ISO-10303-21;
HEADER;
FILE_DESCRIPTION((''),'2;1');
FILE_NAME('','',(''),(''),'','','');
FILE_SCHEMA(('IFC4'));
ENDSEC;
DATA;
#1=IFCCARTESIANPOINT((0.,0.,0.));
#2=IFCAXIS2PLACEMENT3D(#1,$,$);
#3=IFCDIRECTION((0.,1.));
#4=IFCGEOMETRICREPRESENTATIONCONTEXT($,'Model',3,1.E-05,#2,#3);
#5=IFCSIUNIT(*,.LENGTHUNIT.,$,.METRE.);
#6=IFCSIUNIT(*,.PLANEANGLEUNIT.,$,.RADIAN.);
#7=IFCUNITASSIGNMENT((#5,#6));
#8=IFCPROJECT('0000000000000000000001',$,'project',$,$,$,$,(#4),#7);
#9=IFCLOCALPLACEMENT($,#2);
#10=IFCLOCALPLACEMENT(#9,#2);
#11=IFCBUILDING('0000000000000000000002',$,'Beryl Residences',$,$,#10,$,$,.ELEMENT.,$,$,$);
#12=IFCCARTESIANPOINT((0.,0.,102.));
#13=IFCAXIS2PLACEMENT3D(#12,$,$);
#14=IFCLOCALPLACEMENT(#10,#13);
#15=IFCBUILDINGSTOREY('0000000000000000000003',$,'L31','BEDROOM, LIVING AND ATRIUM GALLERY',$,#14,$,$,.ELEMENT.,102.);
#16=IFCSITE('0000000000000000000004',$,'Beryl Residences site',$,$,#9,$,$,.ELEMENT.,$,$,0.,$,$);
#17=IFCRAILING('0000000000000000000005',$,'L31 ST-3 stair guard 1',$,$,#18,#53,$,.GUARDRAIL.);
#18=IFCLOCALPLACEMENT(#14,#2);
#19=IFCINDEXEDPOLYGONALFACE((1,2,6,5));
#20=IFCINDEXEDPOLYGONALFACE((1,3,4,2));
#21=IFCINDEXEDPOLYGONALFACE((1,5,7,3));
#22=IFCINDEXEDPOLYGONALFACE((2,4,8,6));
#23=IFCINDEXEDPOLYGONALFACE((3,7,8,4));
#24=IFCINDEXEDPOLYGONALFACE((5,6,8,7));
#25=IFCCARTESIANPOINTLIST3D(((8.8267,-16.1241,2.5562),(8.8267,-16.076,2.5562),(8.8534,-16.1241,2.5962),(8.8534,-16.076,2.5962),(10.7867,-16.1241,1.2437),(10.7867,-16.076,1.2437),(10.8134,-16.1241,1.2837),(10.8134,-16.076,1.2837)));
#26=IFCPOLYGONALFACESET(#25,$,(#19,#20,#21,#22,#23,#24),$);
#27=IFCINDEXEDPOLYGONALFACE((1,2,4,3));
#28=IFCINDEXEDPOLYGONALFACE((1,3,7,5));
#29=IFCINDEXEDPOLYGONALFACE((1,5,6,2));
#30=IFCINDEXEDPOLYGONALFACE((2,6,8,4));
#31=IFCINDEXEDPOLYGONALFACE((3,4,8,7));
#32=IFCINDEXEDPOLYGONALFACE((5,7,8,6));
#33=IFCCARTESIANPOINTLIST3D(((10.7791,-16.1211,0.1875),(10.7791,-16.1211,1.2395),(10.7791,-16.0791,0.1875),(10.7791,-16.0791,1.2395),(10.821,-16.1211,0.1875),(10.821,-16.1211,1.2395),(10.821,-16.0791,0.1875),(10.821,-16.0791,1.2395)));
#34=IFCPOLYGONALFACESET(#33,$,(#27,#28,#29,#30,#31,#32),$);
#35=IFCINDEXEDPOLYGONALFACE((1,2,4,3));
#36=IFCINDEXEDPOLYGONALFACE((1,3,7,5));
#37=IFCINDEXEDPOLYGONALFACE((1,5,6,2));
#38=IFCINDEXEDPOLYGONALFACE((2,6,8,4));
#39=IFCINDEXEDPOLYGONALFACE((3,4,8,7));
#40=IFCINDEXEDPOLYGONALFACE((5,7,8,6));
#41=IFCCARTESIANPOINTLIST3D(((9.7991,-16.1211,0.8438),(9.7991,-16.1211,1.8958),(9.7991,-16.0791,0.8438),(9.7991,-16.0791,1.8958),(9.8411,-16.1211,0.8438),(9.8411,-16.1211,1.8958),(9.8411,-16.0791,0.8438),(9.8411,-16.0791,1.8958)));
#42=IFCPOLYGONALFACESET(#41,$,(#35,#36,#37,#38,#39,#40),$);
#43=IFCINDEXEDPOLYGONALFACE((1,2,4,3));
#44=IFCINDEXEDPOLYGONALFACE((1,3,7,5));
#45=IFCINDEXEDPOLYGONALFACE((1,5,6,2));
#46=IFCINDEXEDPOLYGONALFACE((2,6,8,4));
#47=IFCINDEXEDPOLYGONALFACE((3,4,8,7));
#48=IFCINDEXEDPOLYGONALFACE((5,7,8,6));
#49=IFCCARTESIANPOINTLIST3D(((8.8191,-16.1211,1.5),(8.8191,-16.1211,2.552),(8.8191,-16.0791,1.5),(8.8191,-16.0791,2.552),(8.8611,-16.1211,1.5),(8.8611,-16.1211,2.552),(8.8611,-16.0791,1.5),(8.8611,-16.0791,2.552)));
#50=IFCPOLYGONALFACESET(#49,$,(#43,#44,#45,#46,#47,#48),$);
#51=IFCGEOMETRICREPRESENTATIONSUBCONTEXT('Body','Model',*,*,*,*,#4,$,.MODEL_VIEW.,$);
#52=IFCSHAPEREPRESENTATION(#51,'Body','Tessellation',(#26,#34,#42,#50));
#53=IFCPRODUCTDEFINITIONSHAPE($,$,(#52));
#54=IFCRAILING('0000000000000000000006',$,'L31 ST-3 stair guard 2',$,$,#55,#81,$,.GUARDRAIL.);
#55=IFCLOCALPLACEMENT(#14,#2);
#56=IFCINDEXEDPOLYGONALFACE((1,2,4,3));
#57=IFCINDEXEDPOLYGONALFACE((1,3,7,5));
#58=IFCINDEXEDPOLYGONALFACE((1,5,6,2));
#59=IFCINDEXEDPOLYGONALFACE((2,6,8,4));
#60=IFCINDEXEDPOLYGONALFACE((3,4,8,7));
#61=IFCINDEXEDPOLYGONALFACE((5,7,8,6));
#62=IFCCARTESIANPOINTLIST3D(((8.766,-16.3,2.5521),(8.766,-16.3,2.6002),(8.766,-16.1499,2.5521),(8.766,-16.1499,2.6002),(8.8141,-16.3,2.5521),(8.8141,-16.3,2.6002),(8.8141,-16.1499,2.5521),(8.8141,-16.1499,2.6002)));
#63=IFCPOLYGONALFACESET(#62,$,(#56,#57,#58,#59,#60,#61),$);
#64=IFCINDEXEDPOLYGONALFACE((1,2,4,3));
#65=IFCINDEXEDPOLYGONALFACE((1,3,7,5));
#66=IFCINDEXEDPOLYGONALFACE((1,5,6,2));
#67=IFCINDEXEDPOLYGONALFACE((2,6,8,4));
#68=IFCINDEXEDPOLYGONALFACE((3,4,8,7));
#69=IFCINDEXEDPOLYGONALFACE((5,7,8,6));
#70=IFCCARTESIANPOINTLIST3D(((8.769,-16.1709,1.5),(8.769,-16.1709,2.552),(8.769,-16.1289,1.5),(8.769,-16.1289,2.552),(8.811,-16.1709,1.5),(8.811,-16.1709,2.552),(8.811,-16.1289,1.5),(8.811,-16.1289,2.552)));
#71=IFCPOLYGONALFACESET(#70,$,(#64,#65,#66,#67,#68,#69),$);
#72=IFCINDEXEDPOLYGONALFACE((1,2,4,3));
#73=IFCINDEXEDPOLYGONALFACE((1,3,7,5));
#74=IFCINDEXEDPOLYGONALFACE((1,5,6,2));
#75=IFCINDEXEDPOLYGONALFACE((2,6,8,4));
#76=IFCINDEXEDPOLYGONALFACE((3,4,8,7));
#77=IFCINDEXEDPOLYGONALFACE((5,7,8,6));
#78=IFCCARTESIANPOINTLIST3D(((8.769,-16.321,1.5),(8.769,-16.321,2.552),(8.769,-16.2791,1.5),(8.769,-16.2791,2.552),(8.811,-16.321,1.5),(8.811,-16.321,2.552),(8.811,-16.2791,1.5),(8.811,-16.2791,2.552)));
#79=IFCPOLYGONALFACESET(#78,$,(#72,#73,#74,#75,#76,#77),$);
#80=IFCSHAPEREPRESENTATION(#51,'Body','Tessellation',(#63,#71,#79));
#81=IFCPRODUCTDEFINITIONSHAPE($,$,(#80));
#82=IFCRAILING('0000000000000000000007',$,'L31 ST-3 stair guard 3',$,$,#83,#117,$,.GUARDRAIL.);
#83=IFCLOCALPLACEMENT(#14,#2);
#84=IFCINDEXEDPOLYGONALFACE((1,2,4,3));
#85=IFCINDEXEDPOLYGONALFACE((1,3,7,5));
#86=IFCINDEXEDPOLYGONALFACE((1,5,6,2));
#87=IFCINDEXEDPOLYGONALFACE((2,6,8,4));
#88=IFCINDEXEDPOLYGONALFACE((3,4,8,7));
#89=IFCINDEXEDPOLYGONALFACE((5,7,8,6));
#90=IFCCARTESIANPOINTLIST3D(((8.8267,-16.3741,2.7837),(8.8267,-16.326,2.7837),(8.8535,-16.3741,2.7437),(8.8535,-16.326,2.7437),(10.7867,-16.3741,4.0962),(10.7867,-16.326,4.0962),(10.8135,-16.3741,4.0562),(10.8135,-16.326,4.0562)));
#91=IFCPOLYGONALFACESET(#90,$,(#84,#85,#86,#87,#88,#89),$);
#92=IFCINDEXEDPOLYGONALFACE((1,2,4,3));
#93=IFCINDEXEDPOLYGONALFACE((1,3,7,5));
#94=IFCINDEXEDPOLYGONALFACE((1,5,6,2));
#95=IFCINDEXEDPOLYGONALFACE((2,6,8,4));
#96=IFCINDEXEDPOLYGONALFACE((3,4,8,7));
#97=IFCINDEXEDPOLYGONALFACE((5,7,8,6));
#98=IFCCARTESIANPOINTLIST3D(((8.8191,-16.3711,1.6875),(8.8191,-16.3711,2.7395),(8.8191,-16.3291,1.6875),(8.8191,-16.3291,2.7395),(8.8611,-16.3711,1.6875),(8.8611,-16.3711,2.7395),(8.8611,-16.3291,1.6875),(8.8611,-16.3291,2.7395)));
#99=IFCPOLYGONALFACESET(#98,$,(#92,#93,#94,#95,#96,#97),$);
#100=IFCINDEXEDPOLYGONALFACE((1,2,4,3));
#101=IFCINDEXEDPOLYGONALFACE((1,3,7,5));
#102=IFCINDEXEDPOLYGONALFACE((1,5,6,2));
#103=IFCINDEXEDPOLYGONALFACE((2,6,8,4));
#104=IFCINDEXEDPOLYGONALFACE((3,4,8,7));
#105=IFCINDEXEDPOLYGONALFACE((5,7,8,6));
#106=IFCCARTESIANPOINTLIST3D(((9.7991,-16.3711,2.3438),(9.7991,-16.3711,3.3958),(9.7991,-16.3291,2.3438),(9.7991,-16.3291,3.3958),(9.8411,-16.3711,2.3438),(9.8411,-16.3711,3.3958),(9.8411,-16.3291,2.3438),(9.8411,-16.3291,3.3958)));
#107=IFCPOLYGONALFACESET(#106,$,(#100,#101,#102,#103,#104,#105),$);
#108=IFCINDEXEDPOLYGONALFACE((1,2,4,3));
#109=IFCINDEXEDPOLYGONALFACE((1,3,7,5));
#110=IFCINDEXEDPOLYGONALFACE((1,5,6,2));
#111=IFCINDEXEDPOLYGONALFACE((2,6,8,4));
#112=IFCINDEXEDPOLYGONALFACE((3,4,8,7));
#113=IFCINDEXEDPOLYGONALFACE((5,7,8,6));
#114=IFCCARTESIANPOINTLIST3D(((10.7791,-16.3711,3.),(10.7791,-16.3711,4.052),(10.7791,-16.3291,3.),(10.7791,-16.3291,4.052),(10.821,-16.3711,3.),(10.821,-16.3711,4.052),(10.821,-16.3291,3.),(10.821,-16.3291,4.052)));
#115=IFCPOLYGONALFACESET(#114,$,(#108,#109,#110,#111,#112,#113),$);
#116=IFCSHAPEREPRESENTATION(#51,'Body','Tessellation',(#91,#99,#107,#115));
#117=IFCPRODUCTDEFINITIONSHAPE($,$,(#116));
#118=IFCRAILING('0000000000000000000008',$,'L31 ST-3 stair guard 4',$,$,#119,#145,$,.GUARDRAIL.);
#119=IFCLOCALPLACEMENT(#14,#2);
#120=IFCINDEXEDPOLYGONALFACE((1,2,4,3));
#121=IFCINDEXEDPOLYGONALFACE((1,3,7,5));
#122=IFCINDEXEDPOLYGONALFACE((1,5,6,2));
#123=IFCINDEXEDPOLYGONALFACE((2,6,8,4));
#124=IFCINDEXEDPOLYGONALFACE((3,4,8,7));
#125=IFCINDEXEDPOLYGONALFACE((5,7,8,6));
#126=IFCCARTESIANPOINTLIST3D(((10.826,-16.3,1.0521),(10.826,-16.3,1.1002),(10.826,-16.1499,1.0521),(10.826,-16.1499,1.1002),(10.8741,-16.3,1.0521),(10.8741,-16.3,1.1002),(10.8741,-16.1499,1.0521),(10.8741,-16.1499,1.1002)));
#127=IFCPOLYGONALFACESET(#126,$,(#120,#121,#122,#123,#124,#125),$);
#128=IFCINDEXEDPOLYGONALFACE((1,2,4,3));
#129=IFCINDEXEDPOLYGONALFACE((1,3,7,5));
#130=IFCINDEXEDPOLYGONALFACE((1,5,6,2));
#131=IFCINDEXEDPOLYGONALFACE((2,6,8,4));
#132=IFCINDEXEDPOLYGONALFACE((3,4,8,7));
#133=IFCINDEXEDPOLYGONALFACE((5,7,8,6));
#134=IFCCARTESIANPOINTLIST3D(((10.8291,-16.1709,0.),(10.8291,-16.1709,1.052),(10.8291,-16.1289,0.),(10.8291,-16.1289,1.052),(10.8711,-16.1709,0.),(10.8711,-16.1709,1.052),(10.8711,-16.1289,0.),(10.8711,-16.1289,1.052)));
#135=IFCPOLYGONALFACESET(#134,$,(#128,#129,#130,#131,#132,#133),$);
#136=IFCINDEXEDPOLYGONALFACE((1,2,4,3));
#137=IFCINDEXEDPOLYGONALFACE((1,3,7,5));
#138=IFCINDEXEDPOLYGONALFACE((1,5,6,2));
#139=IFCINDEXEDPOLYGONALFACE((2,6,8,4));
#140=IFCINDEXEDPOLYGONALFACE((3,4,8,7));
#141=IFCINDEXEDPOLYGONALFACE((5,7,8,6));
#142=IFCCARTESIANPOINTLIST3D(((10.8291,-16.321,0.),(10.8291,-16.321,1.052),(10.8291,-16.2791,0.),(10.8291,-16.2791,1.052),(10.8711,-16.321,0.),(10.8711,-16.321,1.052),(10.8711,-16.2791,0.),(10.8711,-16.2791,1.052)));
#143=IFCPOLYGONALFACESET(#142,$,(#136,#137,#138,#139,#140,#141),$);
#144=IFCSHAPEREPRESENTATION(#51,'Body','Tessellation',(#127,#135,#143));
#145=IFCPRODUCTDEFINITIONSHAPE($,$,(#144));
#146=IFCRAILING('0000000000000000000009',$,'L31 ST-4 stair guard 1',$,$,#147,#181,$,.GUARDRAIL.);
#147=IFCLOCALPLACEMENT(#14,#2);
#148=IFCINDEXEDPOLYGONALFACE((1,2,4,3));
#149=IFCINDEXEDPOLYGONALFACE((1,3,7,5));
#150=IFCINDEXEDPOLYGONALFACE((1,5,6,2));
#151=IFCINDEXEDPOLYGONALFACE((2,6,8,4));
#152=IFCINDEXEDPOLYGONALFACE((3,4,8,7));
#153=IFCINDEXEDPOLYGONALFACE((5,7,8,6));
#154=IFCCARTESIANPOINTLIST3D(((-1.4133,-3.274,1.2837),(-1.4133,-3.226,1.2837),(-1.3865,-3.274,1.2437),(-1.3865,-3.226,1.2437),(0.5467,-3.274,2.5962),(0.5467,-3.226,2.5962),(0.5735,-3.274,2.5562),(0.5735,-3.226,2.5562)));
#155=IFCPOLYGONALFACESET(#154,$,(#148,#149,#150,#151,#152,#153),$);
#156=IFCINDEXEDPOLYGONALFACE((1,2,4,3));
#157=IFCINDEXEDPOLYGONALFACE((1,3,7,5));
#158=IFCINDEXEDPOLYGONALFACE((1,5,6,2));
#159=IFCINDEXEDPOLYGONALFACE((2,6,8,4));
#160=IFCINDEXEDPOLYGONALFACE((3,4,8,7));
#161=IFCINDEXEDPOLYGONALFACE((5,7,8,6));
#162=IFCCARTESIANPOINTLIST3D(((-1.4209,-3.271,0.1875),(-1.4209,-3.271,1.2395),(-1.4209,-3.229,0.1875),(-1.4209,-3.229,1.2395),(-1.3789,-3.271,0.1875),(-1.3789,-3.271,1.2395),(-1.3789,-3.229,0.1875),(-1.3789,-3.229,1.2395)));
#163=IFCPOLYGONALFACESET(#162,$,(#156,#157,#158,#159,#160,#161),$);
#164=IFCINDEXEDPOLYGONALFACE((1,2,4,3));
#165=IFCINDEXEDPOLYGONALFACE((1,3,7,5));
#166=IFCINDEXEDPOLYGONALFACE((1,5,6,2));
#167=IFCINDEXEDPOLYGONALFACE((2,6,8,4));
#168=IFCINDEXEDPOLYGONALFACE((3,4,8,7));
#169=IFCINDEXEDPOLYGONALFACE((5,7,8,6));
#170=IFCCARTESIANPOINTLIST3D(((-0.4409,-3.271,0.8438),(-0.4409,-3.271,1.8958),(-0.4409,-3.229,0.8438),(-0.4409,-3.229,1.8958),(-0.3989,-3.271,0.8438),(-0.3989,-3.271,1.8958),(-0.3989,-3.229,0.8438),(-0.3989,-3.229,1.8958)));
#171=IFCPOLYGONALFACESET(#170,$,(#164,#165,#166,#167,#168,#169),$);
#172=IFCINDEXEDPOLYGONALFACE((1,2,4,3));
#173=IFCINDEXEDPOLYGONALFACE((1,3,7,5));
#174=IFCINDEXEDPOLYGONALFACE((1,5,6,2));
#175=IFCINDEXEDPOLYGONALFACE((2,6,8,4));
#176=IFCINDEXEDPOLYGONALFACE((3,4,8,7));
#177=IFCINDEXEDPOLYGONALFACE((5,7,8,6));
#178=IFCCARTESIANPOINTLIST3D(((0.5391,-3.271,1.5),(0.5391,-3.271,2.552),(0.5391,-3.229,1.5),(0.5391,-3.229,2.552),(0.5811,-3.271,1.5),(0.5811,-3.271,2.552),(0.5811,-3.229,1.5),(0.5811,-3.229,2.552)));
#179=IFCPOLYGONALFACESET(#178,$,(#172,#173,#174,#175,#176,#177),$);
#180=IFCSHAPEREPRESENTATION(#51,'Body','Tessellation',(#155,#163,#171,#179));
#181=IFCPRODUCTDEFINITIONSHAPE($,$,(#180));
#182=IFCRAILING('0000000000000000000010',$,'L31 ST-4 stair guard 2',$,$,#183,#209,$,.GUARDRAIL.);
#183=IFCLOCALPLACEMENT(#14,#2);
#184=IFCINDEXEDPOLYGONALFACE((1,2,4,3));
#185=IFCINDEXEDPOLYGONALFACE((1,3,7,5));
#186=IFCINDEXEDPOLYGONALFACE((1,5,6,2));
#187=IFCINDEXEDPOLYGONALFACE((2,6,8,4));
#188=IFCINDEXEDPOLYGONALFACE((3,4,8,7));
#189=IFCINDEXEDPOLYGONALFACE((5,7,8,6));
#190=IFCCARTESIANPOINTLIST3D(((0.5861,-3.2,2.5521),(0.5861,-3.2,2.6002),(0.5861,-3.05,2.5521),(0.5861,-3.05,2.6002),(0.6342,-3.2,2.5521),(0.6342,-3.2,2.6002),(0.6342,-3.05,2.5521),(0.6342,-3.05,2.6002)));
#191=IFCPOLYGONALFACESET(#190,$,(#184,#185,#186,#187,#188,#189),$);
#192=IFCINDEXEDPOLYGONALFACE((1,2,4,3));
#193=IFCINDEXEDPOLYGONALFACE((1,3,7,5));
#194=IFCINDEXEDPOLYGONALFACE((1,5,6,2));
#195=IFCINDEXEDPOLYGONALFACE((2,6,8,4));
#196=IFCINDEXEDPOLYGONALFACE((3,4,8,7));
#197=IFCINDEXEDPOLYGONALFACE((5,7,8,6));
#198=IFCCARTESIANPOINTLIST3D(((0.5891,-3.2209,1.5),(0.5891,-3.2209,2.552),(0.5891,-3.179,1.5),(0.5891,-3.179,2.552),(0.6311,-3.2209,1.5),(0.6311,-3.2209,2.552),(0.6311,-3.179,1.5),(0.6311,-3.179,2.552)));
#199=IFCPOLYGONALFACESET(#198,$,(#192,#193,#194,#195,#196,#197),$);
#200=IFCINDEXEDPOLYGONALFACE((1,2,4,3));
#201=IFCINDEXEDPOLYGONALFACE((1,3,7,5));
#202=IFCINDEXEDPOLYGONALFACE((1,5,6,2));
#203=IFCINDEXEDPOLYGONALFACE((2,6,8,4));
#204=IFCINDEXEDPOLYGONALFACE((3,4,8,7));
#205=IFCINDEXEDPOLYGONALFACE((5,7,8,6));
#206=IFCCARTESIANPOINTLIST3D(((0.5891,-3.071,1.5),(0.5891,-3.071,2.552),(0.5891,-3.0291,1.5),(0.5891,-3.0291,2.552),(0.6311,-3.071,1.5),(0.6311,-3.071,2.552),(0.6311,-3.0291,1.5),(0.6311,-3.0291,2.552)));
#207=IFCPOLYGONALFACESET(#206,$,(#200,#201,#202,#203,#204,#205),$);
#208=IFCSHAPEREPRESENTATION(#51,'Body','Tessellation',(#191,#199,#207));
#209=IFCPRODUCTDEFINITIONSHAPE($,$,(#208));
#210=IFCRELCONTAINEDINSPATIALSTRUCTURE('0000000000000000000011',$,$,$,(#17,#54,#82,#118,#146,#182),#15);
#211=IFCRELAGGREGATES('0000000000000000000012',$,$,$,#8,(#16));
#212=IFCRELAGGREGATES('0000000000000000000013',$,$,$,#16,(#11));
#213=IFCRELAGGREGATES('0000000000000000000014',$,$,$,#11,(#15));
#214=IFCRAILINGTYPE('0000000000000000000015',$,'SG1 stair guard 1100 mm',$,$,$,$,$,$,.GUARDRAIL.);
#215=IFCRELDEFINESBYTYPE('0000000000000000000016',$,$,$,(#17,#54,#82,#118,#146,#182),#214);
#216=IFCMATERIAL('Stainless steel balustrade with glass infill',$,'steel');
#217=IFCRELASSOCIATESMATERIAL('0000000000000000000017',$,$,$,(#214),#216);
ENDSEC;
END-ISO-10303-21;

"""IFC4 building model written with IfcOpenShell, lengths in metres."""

from ifc_helpers import new_model, si_unit, direction, frame, origin, origin_2d, place, context, subcontext, project, spatial, rectangle, extrude, material, type_object, element, save


model = new_model("IFC4")

# Units and contexts
model_context = context("Model", 3, precision=1e-05, world=origin(), true_north=direction((0.0, 1.0)))
body_context = subcontext(model_context, "Body", "Model", "MODEL_VIEW")
ifc_project = project(units=[si_unit("LENGTHUNIT", "METRE"), si_unit("PLANEANGLEUNIT", "RADIAN")], contexts=[model_context])

# Site, building, storey
site_placement = place(None, origin())
site = spatial("IfcSite", under=ifc_project, at=site_placement, Name="Beryl Residences site", CompositionType="ELEMENT", RefElevation=0.0)
building_placement = place(site_placement, origin())
building = spatial("IfcBuilding", under=site, at=building_placement, Name="Beryl Residences", CompositionType="ELEMENT")
storey_placement = place(building_placement, frame((0.0, 0.0, 102.0)))
storey = spatial("IfcBuildingStorey", under=building, at=storey_placement, Name="L31", Description="BEDROOM, LIVING AND ATRIUM GALLERY", CompositionType="ELEMENT", Elevation=102.0)

# Railings
ifc_material_1 = material(Name="Stainless steel balustrade with glass infill", Category="steel")
railing_type_1 = type_object("IfcRailingType", Name="SG1 stair guard 1100 mm", PredefinedType="GUARDRAIL", material=ifc_material_1)
railing_1_placement = place(storey_placement, frame((10.8, -16.1001, 0.1875)))
element("IfcRailing", 1, at=railing_1_placement, inside=storey, type_object=railing_type_1, Name="L31 ST-3 stair guard 1", PredefinedType="GUARDRAIL", context=body_context, shape_type="SweptSolid", body=[
    extrude(rectangle(XDim=0.0481, YDim=0.0481, at=origin_2d()), frame((0.0, 0.0, 1.0762), z_axis=(-0.830902, 0.0, 0.556419), x_axis=(0.0, -1.0, 0.0)), (0.0, 0.0, 1.0), 2.3589),
    extrude(rectangle(XDim=0.042, YDim=0.042, at=origin_2d()), origin(), (0.0, 0.0, 1.0), 1.052),
    extrude(rectangle(XDim=0.042, YDim=0.042, at=origin_2d()), frame((-0.98, 0.0, 0.6562)), (0.0, 0.0, 1.0), 1.052),
    extrude(rectangle(XDim=0.042, YDim=0.042, at=origin_2d()), frame((-1.96, 0.0, 1.3125)), (0.0, 0.0, 1.0), 1.052),
])
railing_2_placement = place(storey_placement, frame((8.79, -16.1499, 1.5)))
element("IfcRailing", 2, at=railing_2_placement, inside=storey, type_object=railing_type_1, Name="L31 ST-3 stair guard 2", PredefinedType="GUARDRAIL", context=body_context, shape_type="SweptSolid", body=[
    extrude(rectangle(XDim=0.0481, YDim=0.0481, at=origin_2d()), frame((0.0, 0.0, 1.0762), z_axis=(0.0, -1.0, 0.0), x_axis=(1.0, 0.0, 0.0)), (0.0, 0.0, 1.0), 0.1501),
    extrude(rectangle(XDim=0.042, YDim=0.042, at=origin_2d()), origin(), (0.0, 0.0, 1.0), 1.052),
    extrude(rectangle(XDim=0.042, YDim=0.042, at=origin_2d()), frame((0.0, -0.1501, 0.0)), (0.0, 0.0, 1.0), 1.052),
])
railing_3_placement = place(storey_placement, frame((8.8401, -16.3501, 1.6875)))
element("IfcRailing", 3, at=railing_3_placement, inside=storey, type_object=railing_type_1, Name="L31 ST-3 stair guard 3", PredefinedType="GUARDRAIL", context=body_context, shape_type="SweptSolid", body=[
    extrude(rectangle(XDim=0.0481, YDim=0.0481, at=origin_2d()), frame((0.0, 0.0, 1.0762), z_axis=(0.830902, 0.0, 0.556419), x_axis=(0.0, 1.0, 0.0)), (0.0, 0.0, 1.0), 2.3589),
    extrude(rectangle(XDim=0.042, YDim=0.042, at=origin_2d()), origin(), (0.0, 0.0, 1.0), 1.052),
    extrude(rectangle(XDim=0.042, YDim=0.042, at=origin_2d()), frame((0.98, 0.0, 0.6562)), (0.0, 0.0, 1.0), 1.052),
    extrude(rectangle(XDim=0.042, YDim=0.042, at=origin_2d()), frame((1.96, 0.0, 1.3125)), (0.0, 0.0, 1.0), 1.052),
])
railing_4_placement = place(storey_placement, frame((10.8501, -16.1499, 0.0)))
element("IfcRailing", 4, at=railing_4_placement, inside=storey, type_object=railing_type_1, Name="L31 ST-3 stair guard 4", PredefinedType="GUARDRAIL", context=body_context, shape_type="SweptSolid", body=[
    extrude(rectangle(XDim=0.0481, YDim=0.0481, at=origin_2d()), frame((0.0, 0.0, 1.0762), z_axis=(0.0, -1.0, 0.0), x_axis=(1.0, 0.0, 0.0)), (0.0, 0.0, 1.0), 0.1501),
    extrude(rectangle(XDim=0.042, YDim=0.042, at=origin_2d()), origin(), (0.0, 0.0, 1.0), 1.052),
    extrude(rectangle(XDim=0.042, YDim=0.042, at=origin_2d()), frame((0.0, -0.1501, 0.0)), (0.0, 0.0, 1.0), 1.052),
])
railing_5_placement = place(storey_placement, frame((-1.3999, -3.25, 0.1875)))
element("IfcRailing", 5, at=railing_5_placement, inside=storey, type_object=railing_type_1, Name="L31 ST-4 stair guard 1", PredefinedType="GUARDRAIL", context=body_context, shape_type="SweptSolid", body=[
    extrude(rectangle(XDim=0.0481, YDim=0.0481, at=origin_2d()), frame((0.0, 0.0, 1.0762), z_axis=(0.830902, 0.0, 0.556419), x_axis=(0.0, 1.0, 0.0)), (0.0, 0.0, 1.0), 2.3589),
    extrude(rectangle(XDim=0.042, YDim=0.042, at=origin_2d()), origin(), (0.0, 0.0, 1.0), 1.052),
    extrude(rectangle(XDim=0.042, YDim=0.042, at=origin_2d()), frame((0.98, 0.0, 0.6562)), (0.0, 0.0, 1.0), 1.052),
    extrude(rectangle(XDim=0.042, YDim=0.042, at=origin_2d()), frame((1.96, 0.0, 1.3125)), (0.0, 0.0, 1.0), 1.052),
])
for number, where, name in (
    (6, (0.6101, -3.2, 1.5), "L31 ST-4 stair guard 2"),
):
    element("IfcRailing", number, at=place(storey_placement, frame(where)), inside=storey, type_object=railing_type_1, Name=name, PredefinedType="GUARDRAIL", context=body_context, shape_type="SweptSolid", body=[
        extrude(rectangle(XDim=0.0481, YDim=0.0481, at=origin_2d()), frame((0.0, 0.0, 1.0762), z_axis=(0.0, 1.0, 0.0), x_axis=(-1.0, 0.0, 0.0)), (0.0, 0.0, 1.0), 0.1499),
        extrude(rectangle(XDim=0.042, YDim=0.042, at=origin_2d()), origin(), (0.0, 0.0, 1.0), 1.052),
        extrude(rectangle(XDim=0.042, YDim=0.042, at=origin_2d()), frame((0.0, 0.1499, 0.0)), (0.0, 0.0, 1.0), 1.052),
    ])

save(model, "model.ifc")
